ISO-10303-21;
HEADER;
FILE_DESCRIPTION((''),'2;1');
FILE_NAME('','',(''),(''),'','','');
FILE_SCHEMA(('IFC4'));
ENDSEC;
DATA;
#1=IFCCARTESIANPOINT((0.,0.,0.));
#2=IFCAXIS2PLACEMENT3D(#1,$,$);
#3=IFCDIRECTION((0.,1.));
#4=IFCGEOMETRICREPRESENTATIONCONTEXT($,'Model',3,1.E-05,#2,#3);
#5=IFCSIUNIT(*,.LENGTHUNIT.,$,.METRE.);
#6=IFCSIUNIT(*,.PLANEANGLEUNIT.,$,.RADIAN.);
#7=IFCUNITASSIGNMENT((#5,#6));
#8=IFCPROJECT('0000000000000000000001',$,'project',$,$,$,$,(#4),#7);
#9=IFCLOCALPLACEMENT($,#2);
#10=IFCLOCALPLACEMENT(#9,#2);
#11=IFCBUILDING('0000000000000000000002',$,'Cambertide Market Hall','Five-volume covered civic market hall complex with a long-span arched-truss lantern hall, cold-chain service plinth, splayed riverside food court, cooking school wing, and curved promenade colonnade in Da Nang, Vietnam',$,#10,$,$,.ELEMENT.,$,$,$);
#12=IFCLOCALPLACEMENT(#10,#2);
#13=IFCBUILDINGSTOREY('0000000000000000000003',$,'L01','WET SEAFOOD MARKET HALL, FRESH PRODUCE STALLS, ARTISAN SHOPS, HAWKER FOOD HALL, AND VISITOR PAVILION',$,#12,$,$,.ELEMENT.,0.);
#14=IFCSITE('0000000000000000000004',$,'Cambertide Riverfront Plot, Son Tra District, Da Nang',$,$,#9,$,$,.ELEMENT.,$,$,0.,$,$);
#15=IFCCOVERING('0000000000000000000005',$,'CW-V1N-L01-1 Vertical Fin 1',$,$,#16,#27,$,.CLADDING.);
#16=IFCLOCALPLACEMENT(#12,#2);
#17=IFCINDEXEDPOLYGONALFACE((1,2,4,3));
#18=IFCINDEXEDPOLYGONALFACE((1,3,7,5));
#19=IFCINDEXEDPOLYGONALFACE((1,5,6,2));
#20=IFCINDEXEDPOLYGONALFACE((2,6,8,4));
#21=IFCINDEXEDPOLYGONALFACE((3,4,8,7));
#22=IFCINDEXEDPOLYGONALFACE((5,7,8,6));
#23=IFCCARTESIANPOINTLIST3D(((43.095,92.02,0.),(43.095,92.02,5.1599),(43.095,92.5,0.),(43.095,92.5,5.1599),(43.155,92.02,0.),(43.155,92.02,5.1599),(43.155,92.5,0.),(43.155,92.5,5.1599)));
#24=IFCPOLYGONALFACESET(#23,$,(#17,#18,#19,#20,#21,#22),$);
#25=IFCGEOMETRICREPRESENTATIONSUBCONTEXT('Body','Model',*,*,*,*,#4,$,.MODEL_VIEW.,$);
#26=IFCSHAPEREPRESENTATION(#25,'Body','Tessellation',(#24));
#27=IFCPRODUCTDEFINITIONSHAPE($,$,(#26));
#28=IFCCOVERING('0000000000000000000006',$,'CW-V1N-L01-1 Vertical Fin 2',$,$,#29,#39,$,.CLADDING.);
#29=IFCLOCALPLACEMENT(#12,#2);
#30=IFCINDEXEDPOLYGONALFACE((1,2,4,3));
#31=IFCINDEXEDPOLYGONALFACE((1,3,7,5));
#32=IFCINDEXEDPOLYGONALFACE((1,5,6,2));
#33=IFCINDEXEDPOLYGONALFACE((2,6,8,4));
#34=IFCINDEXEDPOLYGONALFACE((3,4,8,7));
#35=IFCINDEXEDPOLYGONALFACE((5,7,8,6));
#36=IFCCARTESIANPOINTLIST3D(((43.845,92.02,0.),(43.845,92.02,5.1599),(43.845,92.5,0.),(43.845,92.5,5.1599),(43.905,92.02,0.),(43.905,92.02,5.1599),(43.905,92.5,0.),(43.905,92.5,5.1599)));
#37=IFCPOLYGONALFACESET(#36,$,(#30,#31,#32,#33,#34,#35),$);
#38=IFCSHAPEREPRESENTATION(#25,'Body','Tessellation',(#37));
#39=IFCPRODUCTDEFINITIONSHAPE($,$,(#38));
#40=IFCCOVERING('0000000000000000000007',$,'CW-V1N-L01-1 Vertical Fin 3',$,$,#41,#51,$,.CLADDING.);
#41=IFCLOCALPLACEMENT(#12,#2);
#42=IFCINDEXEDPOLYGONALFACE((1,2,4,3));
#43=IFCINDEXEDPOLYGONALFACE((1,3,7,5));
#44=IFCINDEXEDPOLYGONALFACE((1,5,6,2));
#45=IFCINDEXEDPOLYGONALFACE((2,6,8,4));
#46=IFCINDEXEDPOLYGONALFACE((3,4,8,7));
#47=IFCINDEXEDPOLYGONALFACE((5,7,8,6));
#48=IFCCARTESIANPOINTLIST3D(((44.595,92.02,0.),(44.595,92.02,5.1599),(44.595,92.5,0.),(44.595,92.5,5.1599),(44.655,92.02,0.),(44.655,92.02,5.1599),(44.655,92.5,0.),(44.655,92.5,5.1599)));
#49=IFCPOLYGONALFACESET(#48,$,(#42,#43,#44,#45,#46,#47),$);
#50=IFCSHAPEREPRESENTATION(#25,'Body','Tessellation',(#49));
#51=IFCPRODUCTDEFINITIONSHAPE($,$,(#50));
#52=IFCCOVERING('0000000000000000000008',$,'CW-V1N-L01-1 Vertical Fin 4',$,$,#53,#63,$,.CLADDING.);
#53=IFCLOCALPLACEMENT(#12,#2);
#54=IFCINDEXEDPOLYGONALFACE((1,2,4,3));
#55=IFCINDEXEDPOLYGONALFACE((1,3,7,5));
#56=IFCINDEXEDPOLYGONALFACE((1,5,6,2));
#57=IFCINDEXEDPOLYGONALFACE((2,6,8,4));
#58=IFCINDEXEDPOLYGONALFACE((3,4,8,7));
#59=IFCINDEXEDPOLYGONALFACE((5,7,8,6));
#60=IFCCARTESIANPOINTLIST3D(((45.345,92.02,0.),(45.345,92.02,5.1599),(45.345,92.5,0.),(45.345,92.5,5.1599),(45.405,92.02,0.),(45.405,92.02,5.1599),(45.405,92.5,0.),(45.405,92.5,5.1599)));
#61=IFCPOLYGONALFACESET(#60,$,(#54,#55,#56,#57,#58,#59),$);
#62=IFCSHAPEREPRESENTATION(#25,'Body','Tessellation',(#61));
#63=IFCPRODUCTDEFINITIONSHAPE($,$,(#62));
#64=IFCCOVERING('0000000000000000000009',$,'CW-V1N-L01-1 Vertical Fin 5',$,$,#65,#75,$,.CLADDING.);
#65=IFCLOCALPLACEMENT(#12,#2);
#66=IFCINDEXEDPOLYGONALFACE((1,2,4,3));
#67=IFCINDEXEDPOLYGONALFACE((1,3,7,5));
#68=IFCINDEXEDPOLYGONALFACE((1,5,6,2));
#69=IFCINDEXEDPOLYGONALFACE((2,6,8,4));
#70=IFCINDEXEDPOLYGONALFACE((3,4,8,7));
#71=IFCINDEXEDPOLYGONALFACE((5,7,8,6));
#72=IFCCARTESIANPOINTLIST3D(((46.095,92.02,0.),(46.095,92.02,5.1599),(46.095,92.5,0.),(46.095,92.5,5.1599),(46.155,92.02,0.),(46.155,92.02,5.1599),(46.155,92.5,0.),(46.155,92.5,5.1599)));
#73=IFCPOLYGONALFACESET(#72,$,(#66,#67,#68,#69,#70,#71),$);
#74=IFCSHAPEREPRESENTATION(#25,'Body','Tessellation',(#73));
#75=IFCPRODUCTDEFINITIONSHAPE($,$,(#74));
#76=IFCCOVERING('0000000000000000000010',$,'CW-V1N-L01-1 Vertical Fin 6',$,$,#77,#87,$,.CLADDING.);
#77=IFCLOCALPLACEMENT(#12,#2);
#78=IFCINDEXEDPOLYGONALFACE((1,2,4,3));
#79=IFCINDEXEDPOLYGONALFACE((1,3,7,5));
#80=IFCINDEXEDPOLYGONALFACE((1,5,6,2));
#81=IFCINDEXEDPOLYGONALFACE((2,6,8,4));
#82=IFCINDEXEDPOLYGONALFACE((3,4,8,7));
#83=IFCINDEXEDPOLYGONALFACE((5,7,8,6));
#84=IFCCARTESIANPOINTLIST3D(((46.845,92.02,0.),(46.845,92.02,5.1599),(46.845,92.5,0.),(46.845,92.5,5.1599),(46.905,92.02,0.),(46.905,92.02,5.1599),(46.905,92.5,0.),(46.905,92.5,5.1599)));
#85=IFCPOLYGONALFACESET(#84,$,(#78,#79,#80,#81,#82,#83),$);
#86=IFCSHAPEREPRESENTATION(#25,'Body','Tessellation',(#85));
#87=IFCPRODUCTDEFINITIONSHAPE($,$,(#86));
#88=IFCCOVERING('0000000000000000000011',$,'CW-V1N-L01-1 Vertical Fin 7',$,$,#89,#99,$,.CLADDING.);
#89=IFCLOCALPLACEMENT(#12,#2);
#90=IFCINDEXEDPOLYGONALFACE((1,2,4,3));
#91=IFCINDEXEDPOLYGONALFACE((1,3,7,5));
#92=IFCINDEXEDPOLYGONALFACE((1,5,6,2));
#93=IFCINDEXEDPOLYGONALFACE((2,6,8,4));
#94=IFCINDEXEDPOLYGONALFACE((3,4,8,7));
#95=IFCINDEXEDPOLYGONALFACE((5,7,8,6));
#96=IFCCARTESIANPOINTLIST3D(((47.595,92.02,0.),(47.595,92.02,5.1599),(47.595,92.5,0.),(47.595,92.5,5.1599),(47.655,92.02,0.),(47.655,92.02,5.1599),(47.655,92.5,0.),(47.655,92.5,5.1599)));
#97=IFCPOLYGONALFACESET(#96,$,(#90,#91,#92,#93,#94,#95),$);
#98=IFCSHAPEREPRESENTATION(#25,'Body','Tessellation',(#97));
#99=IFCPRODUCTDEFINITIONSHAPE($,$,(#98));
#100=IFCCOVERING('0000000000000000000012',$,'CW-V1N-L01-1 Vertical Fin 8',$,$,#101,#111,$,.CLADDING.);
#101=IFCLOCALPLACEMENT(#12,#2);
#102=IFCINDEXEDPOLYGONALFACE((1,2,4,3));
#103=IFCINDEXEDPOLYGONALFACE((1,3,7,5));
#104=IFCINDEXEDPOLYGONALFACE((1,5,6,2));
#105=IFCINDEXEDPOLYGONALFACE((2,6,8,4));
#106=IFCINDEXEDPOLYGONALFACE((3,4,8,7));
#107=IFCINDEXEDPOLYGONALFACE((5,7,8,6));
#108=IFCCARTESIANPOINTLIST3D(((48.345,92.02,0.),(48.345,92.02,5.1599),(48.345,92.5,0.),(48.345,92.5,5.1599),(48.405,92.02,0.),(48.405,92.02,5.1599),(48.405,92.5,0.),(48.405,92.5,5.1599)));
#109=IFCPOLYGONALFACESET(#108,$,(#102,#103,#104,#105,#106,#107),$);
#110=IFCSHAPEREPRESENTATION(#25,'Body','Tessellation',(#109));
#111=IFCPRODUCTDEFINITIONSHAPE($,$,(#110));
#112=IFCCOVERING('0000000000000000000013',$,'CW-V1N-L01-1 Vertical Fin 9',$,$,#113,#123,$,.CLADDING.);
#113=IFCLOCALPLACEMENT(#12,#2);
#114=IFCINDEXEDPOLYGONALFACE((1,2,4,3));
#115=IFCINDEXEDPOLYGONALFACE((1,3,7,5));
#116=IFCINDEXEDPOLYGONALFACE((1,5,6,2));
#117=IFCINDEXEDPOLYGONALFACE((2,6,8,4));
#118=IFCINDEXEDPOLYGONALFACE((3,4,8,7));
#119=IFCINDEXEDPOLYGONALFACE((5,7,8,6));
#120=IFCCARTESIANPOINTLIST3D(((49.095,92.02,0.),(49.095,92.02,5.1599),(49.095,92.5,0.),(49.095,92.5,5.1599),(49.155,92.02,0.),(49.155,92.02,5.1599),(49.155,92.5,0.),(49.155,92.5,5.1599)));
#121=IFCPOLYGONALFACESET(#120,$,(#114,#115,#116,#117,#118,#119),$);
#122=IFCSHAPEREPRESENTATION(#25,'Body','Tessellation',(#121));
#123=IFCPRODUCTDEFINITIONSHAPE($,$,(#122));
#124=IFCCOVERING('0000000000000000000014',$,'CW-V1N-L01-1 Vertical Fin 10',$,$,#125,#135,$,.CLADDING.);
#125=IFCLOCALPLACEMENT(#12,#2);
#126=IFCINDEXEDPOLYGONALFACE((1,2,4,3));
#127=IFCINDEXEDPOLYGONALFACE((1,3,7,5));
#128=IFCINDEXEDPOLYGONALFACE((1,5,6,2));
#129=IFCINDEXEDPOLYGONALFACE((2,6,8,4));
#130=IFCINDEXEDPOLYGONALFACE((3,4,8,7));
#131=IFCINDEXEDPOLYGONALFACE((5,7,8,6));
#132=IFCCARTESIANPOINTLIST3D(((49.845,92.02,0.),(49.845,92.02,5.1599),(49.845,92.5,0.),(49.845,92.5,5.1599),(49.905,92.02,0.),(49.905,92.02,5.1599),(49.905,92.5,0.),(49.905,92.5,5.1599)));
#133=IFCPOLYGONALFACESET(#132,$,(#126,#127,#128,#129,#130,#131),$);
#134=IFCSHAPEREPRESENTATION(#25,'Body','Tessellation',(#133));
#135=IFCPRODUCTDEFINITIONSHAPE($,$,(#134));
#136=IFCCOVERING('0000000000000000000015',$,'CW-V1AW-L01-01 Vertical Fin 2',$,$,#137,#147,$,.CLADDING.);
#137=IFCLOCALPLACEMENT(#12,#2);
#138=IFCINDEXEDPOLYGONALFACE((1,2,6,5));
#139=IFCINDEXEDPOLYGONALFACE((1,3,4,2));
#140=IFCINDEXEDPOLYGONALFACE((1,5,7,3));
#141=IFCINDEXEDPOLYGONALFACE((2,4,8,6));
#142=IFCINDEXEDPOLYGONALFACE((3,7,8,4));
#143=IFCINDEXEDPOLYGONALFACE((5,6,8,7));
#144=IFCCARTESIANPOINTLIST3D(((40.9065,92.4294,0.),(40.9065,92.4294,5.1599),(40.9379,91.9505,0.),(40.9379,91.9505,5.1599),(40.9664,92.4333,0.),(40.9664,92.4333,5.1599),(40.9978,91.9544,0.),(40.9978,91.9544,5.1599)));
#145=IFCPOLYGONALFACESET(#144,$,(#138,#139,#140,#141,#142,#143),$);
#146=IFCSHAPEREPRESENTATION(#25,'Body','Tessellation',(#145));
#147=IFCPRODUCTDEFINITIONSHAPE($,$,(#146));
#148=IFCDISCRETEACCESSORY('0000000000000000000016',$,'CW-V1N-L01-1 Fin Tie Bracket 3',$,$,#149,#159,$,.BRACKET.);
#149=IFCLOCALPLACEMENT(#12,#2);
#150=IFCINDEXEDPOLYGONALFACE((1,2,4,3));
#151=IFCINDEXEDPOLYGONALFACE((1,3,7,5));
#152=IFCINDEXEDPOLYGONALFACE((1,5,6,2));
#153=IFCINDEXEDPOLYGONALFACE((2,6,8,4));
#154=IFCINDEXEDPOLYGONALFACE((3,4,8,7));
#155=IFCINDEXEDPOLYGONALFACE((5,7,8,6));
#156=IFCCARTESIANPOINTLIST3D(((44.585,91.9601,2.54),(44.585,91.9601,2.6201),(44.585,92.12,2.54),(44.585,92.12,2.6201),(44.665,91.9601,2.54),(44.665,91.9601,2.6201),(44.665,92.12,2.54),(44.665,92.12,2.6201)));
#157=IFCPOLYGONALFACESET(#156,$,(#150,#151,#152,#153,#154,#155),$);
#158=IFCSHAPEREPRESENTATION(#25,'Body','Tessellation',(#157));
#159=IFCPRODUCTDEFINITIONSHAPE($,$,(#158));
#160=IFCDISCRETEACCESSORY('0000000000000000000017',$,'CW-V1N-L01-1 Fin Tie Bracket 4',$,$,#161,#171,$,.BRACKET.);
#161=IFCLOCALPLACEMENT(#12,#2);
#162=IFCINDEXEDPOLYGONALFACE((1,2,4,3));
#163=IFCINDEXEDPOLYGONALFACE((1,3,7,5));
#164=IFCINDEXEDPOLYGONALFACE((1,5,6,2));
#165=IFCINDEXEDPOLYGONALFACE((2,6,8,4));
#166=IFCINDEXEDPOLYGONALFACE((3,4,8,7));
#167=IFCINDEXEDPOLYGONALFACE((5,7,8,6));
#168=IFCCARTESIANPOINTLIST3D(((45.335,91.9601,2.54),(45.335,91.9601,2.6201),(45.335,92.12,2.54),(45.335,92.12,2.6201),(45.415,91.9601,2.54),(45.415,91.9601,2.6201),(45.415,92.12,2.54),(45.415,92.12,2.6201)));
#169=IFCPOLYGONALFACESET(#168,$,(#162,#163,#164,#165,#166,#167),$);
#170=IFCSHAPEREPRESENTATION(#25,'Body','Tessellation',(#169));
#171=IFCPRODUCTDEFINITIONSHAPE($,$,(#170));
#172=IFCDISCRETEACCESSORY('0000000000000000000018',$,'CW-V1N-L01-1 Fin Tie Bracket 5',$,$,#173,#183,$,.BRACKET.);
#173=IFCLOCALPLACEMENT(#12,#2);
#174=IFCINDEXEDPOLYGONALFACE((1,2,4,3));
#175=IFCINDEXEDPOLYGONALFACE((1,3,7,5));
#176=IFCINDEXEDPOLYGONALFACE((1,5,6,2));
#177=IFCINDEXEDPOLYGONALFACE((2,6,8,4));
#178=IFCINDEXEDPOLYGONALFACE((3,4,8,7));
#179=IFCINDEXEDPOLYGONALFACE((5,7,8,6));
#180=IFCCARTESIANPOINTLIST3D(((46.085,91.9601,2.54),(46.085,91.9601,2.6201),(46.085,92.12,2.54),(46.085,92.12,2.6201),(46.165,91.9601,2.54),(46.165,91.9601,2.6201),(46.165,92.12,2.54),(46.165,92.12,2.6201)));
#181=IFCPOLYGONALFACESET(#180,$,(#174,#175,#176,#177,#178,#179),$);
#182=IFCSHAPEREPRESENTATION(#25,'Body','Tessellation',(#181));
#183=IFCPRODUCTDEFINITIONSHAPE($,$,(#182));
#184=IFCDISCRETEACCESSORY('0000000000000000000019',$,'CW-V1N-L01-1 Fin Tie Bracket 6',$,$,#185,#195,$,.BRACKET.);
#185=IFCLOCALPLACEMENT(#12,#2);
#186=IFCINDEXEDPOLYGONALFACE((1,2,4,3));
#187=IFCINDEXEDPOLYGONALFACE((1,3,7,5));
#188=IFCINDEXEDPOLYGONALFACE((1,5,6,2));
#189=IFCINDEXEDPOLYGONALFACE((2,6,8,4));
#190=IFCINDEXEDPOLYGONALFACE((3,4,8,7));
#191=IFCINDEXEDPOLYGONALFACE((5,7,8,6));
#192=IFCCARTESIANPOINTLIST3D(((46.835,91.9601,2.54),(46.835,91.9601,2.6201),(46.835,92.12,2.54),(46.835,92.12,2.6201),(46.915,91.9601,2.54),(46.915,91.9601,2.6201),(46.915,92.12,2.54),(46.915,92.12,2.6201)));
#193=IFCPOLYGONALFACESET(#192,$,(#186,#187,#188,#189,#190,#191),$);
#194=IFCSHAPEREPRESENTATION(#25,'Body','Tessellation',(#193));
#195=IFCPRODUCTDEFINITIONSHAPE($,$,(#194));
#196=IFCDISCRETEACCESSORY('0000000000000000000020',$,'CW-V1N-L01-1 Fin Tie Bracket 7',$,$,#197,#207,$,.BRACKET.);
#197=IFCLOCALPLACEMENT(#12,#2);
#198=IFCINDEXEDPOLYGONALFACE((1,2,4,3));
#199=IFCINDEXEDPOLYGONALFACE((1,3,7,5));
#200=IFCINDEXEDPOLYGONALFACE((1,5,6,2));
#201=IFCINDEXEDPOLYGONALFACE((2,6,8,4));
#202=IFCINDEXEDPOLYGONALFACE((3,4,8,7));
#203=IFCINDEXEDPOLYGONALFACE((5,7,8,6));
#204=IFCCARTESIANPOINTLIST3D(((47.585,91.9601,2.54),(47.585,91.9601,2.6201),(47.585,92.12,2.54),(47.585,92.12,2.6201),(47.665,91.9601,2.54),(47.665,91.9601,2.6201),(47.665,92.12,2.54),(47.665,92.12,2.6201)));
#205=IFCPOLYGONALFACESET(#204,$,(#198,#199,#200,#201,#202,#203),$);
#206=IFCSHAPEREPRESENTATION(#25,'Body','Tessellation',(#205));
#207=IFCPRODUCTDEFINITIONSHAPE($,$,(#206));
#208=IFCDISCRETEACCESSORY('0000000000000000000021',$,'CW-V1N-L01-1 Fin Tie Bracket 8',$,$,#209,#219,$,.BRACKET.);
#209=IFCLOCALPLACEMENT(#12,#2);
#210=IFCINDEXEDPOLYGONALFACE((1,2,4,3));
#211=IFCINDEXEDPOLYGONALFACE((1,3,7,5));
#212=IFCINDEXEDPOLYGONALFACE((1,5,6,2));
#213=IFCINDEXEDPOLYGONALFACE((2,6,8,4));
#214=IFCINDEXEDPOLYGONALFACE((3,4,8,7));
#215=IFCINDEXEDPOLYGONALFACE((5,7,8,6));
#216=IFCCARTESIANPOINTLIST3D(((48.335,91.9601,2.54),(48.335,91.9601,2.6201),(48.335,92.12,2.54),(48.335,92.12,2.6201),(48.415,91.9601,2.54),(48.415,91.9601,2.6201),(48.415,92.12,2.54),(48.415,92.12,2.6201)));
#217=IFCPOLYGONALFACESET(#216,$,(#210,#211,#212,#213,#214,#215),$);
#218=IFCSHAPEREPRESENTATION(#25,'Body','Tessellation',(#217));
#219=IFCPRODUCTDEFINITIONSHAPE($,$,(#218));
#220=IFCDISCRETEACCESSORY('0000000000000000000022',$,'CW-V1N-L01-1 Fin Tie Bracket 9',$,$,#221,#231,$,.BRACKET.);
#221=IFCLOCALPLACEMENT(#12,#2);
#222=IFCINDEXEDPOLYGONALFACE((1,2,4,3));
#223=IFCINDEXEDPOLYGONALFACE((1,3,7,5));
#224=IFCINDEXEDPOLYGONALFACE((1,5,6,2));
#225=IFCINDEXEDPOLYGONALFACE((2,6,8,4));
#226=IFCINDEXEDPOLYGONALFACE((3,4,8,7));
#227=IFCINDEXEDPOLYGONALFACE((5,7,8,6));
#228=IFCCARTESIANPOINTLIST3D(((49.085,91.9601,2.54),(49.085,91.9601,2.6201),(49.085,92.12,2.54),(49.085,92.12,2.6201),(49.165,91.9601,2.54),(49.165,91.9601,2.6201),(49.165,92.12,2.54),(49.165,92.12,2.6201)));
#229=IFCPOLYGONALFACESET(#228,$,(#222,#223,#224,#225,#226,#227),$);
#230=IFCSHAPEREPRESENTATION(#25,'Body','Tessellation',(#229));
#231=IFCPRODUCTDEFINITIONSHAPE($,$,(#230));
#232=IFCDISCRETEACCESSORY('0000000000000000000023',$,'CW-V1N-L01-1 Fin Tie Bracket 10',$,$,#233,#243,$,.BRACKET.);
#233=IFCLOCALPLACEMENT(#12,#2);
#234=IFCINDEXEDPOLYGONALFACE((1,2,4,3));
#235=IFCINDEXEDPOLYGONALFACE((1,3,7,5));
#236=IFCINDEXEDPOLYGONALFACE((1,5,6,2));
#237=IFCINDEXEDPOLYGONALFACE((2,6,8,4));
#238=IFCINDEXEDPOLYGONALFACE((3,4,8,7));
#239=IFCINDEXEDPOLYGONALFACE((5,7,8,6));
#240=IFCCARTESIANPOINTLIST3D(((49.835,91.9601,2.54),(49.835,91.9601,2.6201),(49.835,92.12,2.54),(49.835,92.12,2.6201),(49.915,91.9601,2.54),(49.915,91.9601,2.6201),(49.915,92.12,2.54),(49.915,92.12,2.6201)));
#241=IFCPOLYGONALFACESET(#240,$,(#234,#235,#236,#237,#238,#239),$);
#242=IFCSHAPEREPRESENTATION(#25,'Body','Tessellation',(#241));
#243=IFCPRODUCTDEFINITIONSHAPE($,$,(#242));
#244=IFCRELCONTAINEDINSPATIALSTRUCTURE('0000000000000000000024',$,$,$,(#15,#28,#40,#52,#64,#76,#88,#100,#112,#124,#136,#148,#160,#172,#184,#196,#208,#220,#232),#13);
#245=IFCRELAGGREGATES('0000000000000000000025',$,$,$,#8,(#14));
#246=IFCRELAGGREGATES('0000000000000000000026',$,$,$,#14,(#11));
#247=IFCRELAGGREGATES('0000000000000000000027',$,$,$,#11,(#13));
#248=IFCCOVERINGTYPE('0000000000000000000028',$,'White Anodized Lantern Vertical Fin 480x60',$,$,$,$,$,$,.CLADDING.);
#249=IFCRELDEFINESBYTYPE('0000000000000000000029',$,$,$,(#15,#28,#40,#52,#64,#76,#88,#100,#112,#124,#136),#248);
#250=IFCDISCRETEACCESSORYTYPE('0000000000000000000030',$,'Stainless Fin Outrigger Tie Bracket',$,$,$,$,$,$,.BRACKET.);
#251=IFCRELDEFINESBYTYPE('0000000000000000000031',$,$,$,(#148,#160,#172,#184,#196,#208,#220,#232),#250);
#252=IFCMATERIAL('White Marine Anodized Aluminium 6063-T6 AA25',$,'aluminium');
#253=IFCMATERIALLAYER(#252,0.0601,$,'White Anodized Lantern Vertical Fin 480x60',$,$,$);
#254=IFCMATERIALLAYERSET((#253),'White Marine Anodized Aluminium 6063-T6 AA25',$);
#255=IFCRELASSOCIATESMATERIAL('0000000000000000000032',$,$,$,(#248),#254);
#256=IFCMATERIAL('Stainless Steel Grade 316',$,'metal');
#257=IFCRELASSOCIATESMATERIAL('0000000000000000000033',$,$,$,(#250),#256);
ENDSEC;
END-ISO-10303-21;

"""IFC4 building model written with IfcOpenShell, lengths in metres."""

from ifc_helpers import new_model, si_unit, direction, frame, origin, origin_2d, place, context, subcontext, project, spatial, rectangle, extrude, material, layer, layer_set, type_object, element, save


model = new_model("IFC4")

# Units and contexts
model_context = context("Model", 3, precision=1e-05, world=origin(), true_north=direction((0.0, 1.0)))
body_context = subcontext(model_context, "Body", "Model", "MODEL_VIEW")
ifc_project = project(units=[si_unit("LENGTHUNIT", "METRE"), si_unit("PLANEANGLEUNIT", "RADIAN")], contexts=[model_context])

# Site, building, storey
site_placement = place(None, origin())
site = spatial("IfcSite", under=ifc_project, at=site_placement, Name="Cambertide Riverfront Plot, Son Tra District, Da Nang", CompositionType="ELEMENT", RefElevation=0.0)
building_placement = place(site_placement, origin())
building = spatial("IfcBuilding", under=site, at=building_placement, Name="Cambertide Market Hall", Description="Five-volume covered civic market hall complex with a long-span arched-truss lantern hall, cold-chain service plinth, splayed riverside food court, cooking school wing, and curved promenade colonnade in Da Nang, Vietnam", CompositionType="ELEMENT")
storey_placement = place(building_placement, origin())
storey = spatial("IfcBuildingStorey", under=building, at=storey_placement, Name="L01", Description="WET SEAFOOD MARKET HALL, FRESH PRODUCE STALLS, ARTISAN SHOPS, HAWKER FOOD HALL, AND VISITOR PAVILION", CompositionType="ELEMENT", Elevation=0.0)

# Coverings
ifc_material_1 = material(Name="White Marine Anodized Aluminium 6063-T6 AA25", Category="aluminium")
ifc_layer_1 = layer(ifc_material_1, 0.0601, Name="White Anodized Lantern Vertical Fin 480x60")
ifc_layer_set_1 = layer_set([ifc_layer_1], Name="White Marine Anodized Aluminium 6063-T6 AA25")
covering_type = type_object("IfcCoveringType", Name="White Anodized Lantern Vertical Fin 480x60", PredefinedType="CLADDING", material=ifc_layer_set_1)
for number, where, z_axis, x_axis, name in (
    (1, (43.125, 92.26, 0.0), (0.0, 0.0, 1.0), (1.0, 0.0, 0.0), "CW-V1N-L01-1 Vertical Fin 1"),
    (2, (43.875, 92.26, 0.0), (0.0, 0.0, 1.0), (1.0, 0.0, 0.0), "CW-V1N-L01-1 Vertical Fin 2"),
    (3, (44.625, 92.26, 0.0), (0.0, 0.0, 1.0), (1.0, 0.0, 0.0), "CW-V1N-L01-1 Vertical Fin 3"),
    (4, (45.375, 92.26, 0.0), (0.0, 0.0, 1.0), (1.0, 0.0, 0.0), "CW-V1N-L01-1 Vertical Fin 4"),
    (5, (46.125, 92.26, 0.0), (0.0, 0.0, 1.0), (1.0, 0.0, 0.0), "CW-V1N-L01-1 Vertical Fin 5"),
    (6, (46.875, 92.26, 0.0), (0.0, 0.0, 1.0), (1.0, 0.0, 0.0), "CW-V1N-L01-1 Vertical Fin 6"),
    (7, (47.625, 92.26, 0.0), (0.0, 0.0, 1.0), (1.0, 0.0, 0.0), "CW-V1N-L01-1 Vertical Fin 7"),
    (8, (48.375, 92.26, 0.0), (0.0, 0.0, 1.0), (1.0, 0.0, 0.0), "CW-V1N-L01-1 Vertical Fin 8"),
    (9, (49.125, 92.26, 0.0), (0.0, 0.0, 1.0), (1.0, 0.0, 0.0), "CW-V1N-L01-1 Vertical Fin 9"),
    (10, (49.875, 92.26, 0.0), (0.0, 0.0, 1.0), (1.0, 0.0, 0.0), "CW-V1N-L01-1 Vertical Fin 10"),
    (11, (40.9521, 92.1919, 0.0), (0.0, 0.0, 1.0), (0.997859, 0.065403, 0.0), "CW-V1AW-L01-01 Vertical Fin 2"),
):
    element("IfcCovering", number, at=place(storey_placement, frame(where, z_axis=z_axis, x_axis=x_axis)), inside=storey, type_object=covering_type, Name=name, PredefinedType="CLADDING", context=body_context, shape_type="SweptSolid", body=[
        extrude(rectangle(XDim=0.0601, YDim=0.48, at=origin_2d()), origin(), (0.0, 0.0, 1.0), 5.1599),
    ])

# Discrete accessories
ifc_material_2 = material(Name="Stainless Steel Grade 316", Category="metal")
discrete_accessory_type = type_object("IfcDiscreteAccessoryType", Name="Stainless Fin Outrigger Tie Bracket", PredefinedType="BRACKET", material=ifc_material_2)
for number, where, z_axis, x_axis, name in (
    (12, (44.625, 92.04, 2.54), (0.0, 0.0, 1.0), (1.0, 0.0, 0.0), "CW-V1N-L01-1 Fin Tie Bracket 3"),
    (13, (45.375, 92.04, 2.54), (0.0, 0.0, 1.0), (1.0, 0.0, 0.0), "CW-V1N-L01-1 Fin Tie Bracket 4"),
    (14, (46.125, 92.04, 2.54), (0.0, 0.0, 1.0), (1.0, 0.0, 0.0), "CW-V1N-L01-1 Fin Tie Bracket 5"),
    (15, (46.875, 92.04, 2.54), (0.0, 0.0, 1.0), (1.0, 0.0, 0.0), "CW-V1N-L01-1 Fin Tie Bracket 6"),
    (16, (47.625, 92.04, 2.54), (0.0, 0.0, 1.0), (1.0, 0.0, 0.0), "CW-V1N-L01-1 Fin Tie Bracket 7"),
    (17, (48.375, 92.04, 2.54), (0.0, 0.0, 1.0), (1.0, 0.0, 0.0), "CW-V1N-L01-1 Fin Tie Bracket 8"),
    (18, (49.125, 92.04, 2.54), (0.0, 0.0, 1.0), (1.0, 0.0, 0.0), "CW-V1N-L01-1 Fin Tie Bracket 9"),
    (19, (49.875, 92.04, 2.54), (0.0, 0.0, 1.0), (1.0, 0.0, 0.0), "CW-V1N-L01-1 Fin Tie Bracket 10"),
):
    element("IfcDiscreteAccessory", number, at=place(storey_placement, frame(where, z_axis=z_axis, x_axis=x_axis)), inside=storey, type_object=discrete_accessory_type, Name=name, PredefinedType="BRACKET", context=body_context, shape_type="SweptSolid", body=[
        extrude(rectangle(XDim=0.0801, YDim=0.1599, at=origin_2d()), origin(), (0.0, 0.0, 1.0), 0.0801),
    ])

save(model, "model.ifc")
